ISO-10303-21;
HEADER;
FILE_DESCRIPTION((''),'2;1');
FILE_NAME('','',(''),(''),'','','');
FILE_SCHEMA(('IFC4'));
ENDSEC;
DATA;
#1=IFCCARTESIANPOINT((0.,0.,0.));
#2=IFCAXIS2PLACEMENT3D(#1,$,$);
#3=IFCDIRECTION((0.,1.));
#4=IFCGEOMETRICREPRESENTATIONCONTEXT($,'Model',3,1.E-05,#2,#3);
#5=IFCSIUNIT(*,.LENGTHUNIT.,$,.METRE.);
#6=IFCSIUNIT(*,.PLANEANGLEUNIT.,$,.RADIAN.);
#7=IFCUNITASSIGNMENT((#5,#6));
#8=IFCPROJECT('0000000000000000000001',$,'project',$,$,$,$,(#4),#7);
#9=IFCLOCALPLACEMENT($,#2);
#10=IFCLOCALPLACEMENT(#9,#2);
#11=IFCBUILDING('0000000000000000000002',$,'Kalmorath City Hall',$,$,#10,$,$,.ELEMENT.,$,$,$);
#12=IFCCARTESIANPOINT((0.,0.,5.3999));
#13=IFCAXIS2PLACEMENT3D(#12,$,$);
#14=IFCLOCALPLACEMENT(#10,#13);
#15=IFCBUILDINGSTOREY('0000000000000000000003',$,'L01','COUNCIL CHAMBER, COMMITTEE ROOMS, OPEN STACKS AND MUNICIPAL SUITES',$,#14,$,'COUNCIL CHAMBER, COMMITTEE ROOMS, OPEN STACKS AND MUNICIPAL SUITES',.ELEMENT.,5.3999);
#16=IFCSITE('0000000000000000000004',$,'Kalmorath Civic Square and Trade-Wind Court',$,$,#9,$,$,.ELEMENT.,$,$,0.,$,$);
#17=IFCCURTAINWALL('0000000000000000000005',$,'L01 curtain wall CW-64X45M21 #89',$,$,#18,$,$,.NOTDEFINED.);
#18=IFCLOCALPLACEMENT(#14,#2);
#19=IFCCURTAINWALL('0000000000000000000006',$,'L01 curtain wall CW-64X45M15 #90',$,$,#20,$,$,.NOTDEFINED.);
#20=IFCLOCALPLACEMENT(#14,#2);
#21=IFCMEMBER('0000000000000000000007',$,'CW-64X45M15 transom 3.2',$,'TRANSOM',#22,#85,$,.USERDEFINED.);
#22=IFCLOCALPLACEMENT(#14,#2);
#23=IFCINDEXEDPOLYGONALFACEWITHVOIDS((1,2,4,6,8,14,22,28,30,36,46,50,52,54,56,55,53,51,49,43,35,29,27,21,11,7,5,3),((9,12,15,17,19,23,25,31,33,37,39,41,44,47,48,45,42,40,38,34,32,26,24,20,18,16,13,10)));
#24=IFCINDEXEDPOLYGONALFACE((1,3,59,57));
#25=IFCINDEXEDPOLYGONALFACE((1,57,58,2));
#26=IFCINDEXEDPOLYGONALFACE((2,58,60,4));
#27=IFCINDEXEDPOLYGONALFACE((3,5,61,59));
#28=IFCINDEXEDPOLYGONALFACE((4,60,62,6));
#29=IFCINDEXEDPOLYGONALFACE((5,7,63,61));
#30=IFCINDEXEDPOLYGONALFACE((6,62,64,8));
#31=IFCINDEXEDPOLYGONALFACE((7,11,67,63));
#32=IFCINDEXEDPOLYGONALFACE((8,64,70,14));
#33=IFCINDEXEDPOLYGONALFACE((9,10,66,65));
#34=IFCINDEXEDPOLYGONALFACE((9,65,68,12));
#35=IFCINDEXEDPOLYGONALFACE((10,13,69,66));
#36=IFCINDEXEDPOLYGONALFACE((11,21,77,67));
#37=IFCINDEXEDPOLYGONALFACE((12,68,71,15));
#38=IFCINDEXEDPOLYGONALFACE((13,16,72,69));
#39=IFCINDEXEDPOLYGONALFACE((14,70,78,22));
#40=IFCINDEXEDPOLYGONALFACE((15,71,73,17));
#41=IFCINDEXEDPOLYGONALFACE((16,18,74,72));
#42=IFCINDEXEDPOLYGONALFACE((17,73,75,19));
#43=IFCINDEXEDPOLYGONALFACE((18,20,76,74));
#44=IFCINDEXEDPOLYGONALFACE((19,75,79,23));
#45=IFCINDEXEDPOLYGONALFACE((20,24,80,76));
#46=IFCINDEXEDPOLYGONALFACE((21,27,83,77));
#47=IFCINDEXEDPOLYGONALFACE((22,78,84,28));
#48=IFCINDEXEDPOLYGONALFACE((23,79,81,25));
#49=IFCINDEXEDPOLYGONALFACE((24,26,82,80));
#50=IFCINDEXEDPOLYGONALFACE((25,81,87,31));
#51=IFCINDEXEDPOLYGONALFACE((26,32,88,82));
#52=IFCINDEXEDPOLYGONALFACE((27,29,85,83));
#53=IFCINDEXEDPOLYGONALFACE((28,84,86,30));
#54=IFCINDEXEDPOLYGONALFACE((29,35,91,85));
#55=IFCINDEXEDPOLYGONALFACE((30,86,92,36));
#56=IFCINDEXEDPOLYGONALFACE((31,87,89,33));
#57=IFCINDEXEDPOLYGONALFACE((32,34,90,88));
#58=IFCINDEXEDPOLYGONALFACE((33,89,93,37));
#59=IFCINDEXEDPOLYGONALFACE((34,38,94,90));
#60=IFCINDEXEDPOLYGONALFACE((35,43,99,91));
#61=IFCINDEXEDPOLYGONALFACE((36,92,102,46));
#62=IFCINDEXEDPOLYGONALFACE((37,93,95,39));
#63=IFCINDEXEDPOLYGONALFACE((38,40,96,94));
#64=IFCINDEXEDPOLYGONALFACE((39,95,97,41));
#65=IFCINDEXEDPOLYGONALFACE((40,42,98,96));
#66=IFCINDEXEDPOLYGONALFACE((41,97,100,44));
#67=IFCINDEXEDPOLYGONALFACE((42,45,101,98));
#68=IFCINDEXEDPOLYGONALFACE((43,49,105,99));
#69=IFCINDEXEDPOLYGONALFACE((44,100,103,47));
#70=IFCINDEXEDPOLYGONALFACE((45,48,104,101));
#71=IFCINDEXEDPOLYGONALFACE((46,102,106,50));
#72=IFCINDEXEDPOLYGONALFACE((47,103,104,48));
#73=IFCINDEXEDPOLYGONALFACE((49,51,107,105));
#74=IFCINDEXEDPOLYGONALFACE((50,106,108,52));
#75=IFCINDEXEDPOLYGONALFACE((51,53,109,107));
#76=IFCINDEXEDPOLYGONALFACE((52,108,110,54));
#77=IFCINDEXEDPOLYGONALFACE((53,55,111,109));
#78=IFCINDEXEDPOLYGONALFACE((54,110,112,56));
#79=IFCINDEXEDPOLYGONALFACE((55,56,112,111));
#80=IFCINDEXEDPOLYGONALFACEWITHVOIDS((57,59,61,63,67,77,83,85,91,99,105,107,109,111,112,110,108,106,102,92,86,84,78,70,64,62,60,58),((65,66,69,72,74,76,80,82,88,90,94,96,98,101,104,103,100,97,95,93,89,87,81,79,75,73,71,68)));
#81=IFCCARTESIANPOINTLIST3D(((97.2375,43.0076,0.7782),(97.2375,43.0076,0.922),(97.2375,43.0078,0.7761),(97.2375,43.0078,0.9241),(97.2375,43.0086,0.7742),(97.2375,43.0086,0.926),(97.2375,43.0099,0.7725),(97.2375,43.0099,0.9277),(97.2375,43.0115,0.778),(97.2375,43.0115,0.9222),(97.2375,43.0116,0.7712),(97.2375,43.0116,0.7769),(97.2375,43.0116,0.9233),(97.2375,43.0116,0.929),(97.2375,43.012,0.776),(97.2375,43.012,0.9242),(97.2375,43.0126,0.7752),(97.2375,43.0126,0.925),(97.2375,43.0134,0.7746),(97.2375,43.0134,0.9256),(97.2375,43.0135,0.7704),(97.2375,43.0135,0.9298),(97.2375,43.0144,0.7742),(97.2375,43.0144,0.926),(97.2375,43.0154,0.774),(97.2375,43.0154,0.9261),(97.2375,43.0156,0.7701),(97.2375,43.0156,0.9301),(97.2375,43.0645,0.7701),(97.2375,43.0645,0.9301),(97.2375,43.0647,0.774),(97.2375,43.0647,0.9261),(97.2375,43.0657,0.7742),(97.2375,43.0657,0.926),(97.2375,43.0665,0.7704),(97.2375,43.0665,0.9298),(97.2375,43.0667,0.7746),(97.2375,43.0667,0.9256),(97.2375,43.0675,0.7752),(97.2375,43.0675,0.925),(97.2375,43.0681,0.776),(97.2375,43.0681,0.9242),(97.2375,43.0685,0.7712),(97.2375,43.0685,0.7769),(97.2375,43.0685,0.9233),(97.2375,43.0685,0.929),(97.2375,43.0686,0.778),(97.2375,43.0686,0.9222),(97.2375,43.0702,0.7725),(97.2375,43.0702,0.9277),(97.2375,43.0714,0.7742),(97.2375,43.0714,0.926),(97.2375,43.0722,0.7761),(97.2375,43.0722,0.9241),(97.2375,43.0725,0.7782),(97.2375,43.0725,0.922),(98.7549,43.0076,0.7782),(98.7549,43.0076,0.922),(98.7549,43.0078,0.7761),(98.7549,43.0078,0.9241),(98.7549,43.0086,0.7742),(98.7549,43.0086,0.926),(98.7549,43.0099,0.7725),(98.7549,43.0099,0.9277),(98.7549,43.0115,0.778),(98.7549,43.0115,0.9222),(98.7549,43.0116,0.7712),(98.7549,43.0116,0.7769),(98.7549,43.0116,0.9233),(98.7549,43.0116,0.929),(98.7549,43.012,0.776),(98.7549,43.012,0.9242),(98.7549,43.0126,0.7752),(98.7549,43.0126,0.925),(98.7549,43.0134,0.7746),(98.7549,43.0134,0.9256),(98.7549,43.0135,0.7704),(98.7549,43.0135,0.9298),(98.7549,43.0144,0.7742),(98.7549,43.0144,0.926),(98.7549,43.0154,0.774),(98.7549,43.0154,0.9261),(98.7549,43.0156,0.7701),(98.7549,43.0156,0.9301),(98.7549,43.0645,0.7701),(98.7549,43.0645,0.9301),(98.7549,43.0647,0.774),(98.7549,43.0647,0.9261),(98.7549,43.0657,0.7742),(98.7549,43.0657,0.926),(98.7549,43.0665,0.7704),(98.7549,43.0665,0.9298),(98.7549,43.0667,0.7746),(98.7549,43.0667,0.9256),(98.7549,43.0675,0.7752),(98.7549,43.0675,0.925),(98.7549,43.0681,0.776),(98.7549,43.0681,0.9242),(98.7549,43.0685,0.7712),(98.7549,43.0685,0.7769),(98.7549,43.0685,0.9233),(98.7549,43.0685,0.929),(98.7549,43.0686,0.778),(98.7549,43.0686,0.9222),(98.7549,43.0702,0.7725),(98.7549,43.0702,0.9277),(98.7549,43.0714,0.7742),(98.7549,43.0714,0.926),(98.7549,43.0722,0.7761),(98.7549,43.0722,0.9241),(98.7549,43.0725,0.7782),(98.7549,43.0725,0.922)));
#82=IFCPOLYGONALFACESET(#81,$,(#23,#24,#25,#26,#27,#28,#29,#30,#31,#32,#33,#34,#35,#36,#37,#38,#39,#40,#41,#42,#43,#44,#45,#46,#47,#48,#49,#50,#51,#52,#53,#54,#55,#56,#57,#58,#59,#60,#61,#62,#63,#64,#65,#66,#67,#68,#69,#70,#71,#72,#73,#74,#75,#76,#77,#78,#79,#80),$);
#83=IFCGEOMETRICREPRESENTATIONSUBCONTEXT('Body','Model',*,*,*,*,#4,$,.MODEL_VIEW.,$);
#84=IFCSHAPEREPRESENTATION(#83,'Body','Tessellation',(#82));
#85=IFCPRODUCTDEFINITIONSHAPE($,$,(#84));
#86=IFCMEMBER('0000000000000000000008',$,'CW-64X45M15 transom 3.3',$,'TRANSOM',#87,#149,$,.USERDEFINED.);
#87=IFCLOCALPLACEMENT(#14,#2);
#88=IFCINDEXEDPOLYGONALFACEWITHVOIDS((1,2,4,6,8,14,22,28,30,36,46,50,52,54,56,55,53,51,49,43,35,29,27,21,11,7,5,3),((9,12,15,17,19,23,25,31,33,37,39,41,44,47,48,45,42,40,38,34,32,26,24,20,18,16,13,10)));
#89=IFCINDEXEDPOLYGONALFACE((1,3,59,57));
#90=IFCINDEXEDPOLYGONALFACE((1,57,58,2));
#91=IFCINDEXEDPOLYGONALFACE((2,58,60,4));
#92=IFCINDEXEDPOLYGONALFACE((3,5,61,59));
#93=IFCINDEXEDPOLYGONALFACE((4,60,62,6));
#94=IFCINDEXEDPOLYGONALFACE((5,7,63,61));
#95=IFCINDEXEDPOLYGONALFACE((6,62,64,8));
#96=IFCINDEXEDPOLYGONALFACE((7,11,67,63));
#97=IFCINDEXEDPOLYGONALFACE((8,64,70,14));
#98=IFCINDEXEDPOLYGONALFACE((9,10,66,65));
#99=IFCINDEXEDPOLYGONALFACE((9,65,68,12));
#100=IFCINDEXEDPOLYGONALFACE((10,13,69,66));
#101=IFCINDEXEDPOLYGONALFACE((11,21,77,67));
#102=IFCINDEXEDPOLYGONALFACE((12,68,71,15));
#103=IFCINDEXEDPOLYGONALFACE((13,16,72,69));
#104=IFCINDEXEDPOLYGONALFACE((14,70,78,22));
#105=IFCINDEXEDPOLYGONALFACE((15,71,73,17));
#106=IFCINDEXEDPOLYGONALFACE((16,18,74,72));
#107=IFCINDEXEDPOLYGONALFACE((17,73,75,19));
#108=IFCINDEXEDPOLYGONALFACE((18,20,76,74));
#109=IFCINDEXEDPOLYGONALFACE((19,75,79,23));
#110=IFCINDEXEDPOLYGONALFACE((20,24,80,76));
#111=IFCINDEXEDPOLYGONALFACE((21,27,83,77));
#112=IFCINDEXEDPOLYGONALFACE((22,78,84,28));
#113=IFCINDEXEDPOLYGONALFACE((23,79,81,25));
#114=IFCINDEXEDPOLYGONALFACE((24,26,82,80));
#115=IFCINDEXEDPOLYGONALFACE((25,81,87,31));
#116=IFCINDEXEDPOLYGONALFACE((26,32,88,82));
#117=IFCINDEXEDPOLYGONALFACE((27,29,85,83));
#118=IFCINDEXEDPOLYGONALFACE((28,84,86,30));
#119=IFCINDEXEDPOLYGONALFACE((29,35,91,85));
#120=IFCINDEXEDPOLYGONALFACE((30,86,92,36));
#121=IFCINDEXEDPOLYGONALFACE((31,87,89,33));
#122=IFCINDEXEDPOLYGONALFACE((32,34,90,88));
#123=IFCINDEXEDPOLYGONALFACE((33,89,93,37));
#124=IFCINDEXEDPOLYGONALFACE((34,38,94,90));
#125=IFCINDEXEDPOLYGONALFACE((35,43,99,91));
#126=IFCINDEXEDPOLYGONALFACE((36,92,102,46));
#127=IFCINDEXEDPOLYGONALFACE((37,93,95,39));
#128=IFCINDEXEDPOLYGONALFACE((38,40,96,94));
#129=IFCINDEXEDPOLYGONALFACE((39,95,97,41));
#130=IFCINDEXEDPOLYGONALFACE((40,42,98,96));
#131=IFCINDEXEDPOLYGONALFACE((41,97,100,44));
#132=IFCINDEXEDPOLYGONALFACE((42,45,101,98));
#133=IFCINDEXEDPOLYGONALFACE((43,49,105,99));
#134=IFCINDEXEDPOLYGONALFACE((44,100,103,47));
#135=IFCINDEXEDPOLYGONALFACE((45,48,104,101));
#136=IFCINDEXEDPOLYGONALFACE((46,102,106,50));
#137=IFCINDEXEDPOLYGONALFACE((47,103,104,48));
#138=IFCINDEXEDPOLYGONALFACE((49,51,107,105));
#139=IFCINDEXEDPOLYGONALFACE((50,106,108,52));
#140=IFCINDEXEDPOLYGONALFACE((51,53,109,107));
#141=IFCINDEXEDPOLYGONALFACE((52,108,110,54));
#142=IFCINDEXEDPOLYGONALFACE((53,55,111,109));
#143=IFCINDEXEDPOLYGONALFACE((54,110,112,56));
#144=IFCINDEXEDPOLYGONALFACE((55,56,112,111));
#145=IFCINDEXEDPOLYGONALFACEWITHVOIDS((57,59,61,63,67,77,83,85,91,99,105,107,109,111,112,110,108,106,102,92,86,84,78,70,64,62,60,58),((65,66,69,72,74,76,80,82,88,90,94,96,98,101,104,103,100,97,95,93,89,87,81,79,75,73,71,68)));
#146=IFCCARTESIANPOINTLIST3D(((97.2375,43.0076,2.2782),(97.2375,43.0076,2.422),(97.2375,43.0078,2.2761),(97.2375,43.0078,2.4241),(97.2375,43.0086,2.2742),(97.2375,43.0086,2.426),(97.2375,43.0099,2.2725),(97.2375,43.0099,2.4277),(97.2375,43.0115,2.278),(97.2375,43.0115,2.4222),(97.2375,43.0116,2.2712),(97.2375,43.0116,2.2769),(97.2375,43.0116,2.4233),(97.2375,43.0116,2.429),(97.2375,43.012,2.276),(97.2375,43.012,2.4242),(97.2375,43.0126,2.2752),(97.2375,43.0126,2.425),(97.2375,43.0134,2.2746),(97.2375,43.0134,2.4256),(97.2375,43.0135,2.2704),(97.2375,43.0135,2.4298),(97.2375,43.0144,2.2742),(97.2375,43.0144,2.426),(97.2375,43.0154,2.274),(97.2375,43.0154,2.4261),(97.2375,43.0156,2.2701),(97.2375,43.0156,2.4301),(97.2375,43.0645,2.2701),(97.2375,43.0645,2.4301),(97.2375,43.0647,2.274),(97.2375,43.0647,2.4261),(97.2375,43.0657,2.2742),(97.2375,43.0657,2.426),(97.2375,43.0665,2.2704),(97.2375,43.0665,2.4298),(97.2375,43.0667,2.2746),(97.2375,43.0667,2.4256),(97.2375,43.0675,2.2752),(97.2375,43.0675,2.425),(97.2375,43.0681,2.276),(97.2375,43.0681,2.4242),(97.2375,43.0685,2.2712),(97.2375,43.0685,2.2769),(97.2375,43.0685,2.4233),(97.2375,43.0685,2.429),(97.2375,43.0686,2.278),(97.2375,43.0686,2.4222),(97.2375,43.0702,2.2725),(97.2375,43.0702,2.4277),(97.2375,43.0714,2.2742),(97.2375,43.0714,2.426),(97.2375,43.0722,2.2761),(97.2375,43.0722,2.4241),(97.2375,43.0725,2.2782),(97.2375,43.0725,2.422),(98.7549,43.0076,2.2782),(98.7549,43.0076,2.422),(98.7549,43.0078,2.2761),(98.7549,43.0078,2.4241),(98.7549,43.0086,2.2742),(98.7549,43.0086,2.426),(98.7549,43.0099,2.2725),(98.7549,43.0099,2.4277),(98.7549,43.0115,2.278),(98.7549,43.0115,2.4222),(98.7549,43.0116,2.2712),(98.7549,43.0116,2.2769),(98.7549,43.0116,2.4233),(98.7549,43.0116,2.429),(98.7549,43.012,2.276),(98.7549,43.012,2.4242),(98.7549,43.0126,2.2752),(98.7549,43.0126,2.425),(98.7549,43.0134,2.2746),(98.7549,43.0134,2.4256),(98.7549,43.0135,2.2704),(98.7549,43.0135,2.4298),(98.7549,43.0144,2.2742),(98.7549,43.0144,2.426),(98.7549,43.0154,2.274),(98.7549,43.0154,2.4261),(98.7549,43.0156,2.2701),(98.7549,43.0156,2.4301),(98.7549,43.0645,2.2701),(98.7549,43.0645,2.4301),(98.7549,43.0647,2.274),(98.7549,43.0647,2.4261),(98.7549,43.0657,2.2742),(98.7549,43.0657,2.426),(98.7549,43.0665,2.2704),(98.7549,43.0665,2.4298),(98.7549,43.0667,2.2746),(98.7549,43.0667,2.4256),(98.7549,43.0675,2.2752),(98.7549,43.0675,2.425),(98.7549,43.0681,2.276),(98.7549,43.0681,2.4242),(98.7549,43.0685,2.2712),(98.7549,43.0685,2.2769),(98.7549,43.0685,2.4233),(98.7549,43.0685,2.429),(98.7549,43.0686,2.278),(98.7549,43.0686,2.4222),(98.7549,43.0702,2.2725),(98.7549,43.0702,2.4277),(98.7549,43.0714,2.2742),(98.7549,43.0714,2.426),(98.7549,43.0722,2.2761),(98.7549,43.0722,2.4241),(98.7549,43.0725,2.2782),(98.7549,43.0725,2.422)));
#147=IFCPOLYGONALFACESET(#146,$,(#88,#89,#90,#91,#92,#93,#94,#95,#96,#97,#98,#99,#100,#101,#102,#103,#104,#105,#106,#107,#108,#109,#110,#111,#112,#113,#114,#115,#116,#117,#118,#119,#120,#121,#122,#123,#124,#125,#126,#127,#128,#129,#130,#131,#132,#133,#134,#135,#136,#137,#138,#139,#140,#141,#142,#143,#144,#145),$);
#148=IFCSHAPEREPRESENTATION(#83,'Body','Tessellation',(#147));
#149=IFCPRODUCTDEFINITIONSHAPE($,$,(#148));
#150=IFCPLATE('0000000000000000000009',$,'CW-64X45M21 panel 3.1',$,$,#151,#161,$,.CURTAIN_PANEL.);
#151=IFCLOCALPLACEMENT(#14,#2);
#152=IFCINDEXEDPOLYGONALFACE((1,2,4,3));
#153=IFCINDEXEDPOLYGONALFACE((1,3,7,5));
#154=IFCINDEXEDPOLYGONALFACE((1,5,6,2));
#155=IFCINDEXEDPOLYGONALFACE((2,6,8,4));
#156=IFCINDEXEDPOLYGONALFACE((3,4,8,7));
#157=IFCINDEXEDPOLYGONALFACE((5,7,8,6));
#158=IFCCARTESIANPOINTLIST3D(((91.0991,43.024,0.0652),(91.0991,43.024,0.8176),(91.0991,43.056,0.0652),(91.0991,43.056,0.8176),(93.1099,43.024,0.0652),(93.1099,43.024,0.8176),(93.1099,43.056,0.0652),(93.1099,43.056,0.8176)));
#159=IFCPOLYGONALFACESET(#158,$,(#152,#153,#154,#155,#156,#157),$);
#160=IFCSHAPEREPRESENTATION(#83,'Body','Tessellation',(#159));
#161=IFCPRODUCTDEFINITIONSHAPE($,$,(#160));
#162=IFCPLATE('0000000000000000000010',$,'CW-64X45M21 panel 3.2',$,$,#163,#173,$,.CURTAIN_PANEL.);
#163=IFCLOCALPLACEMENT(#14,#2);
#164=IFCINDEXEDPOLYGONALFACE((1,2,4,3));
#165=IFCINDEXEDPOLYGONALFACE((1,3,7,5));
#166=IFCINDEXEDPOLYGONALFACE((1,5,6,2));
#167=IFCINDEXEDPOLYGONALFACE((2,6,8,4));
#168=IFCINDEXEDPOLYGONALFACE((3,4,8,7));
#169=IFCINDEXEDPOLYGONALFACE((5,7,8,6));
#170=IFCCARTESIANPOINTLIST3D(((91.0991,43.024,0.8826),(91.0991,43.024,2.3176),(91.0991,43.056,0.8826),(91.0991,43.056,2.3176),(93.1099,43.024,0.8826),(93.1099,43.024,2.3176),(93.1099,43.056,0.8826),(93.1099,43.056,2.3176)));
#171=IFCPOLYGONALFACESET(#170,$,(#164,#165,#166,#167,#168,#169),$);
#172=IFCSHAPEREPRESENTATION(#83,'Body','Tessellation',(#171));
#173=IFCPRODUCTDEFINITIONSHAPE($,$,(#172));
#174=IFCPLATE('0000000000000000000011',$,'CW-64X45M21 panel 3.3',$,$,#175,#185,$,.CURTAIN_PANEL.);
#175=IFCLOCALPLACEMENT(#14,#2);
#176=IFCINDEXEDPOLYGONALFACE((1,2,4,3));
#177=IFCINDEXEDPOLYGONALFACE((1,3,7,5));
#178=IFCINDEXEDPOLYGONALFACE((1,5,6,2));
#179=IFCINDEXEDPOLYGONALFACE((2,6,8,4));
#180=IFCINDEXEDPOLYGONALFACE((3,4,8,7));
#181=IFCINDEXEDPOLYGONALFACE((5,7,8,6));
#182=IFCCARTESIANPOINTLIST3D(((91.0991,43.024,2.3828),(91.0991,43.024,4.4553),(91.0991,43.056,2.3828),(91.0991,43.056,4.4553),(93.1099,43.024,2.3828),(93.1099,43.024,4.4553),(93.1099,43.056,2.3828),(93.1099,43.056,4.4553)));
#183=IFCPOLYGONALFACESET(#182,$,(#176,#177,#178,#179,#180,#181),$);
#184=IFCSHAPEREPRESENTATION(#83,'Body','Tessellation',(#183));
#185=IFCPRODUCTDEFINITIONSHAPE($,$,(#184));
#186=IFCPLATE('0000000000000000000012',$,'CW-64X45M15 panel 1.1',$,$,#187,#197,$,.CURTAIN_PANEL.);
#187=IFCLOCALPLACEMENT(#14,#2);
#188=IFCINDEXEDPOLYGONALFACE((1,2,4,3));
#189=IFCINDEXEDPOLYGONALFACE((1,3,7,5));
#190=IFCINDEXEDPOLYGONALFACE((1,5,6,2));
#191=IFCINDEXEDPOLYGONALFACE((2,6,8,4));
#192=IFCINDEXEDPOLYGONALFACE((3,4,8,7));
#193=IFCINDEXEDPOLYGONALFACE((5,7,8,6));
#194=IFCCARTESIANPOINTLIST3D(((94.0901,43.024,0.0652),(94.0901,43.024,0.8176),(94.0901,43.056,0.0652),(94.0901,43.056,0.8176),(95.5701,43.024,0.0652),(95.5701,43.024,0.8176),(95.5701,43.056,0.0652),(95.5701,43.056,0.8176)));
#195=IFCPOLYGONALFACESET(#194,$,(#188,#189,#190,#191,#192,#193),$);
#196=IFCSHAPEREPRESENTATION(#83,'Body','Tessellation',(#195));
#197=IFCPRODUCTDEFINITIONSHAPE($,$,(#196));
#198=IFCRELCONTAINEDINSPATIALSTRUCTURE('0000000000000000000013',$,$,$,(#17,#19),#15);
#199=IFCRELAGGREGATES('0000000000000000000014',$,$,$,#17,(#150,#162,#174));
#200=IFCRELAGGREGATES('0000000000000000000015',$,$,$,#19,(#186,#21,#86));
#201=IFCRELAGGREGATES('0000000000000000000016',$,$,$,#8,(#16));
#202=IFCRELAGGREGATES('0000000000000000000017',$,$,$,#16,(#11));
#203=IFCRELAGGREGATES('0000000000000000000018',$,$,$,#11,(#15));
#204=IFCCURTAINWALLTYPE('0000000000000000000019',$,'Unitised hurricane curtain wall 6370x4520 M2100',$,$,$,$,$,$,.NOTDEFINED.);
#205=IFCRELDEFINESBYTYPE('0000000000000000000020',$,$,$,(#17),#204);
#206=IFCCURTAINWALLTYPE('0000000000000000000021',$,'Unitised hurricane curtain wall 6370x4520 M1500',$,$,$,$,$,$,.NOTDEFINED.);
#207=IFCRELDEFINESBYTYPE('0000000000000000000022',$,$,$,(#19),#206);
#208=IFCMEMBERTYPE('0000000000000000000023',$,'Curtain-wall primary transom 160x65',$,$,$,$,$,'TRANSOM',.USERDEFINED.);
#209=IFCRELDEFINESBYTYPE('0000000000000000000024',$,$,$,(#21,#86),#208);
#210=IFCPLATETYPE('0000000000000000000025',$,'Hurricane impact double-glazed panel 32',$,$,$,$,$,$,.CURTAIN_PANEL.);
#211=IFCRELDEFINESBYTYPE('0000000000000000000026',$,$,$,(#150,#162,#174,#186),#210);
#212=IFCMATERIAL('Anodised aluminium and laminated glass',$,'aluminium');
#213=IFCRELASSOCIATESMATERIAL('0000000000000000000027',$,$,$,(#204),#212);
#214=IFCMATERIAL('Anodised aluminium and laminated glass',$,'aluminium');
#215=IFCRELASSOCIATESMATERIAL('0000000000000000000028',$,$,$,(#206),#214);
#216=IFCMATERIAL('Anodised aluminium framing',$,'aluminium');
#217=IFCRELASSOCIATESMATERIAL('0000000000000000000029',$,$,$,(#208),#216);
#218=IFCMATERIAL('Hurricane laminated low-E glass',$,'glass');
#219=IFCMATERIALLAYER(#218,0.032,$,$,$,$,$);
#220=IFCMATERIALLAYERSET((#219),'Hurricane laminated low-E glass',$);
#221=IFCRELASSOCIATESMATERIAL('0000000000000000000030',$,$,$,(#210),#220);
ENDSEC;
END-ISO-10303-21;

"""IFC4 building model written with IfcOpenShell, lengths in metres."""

from ifc_helpers import new_model, si_unit, direction, frame, origin, origin_2d, place, context, subcontext, project, spatial, rectangle, hollow_rectangle, extrude, material, layer, layer_set, material_profile, profile_set, type_object, element, aggregate, save


model = new_model("IFC4")

# Units and contexts
model_context = context("Model", 3, precision=1e-05, world=origin(), true_north=direction((0.0, 1.0)))
body_context = subcontext(model_context, "Body", "Model", "MODEL_VIEW")
ifc_project = project(units=[si_unit("LENGTHUNIT", "METRE"), si_unit("PLANEANGLEUNIT", "RADIAN")], contexts=[model_context])

# Site, building, storey
site_placement = place(None, origin())
site = spatial("IfcSite", under=ifc_project, at=site_placement, Name="Kalmorath Civic Square and Trade-Wind Court", CompositionType="ELEMENT", RefElevation=0.0)
building_placement = place(site_placement, origin())
building = spatial("IfcBuilding", under=site, at=building_placement, Name="Kalmorath City Hall", CompositionType="ELEMENT")
storey_placement = place(building_placement, frame((0.0, 0.0, 5.3999)))
storey = spatial("IfcBuildingStorey", under=building, at=storey_placement, Name="L01", Description="COUNCIL CHAMBER, COMMITTEE ROOMS, OPEN STACKS AND MUNICIPAL SUITES", LongName="COUNCIL CHAMBER, COMMITTEE ROOMS, OPEN STACKS AND MUNICIPAL SUITES", CompositionType="ELEMENT", Elevation=5.3999)

# Curtain wall
ifc_material_1 = material(Name="Anodised aluminium and laminated glass", Category="aluminium")
curtain_wall_type_1 = type_object("IfcCurtainWallType", Name="Unitised hurricane curtain wall 6370x4520 M2100", PredefinedType="NOTDEFINED", material=ifc_material_1)
curtain_wall_1_placement = place(storey_placement, origin())
curtain_wall_1 = element("IfcCurtainWall", 1, at=curtain_wall_1_placement, inside=storey, type_object=curtain_wall_type_1, Name="L01 curtain wall CW-64X45M21 #89", PredefinedType="NOTDEFINED")

# Curtain wall
ifc_material_2 = material(Name="Anodised aluminium and laminated glass", Category="aluminium")
curtain_wall_type_2 = type_object("IfcCurtainWallType", Name="Unitised hurricane curtain wall 6370x4520 M1500", PredefinedType="NOTDEFINED", material=ifc_material_2)
curtain_wall_2_placement = place(storey_placement, origin())
curtain_wall_2 = element("IfcCurtainWall", 2, at=curtain_wall_2_placement, inside=storey, type_object=curtain_wall_type_2, Name="L01 curtain wall CW-64X45M15 #90", PredefinedType="NOTDEFINED")

# Members
ifc_material_3 = material(Name="Anodised aluminium framing", Category="aluminium")
ifc_material_profile_1 = material_profile(ifc_material_3, hollow_rectangle(XDim=0.0649, YDim=0.1599, WallThickness=0.0039, InnerFilletRadius=0.0039, OuterFilletRadius=0.0081, at=origin_2d()), Name="ALU-TRN-160X65X4")
ifc_profile_set_1 = profile_set([ifc_material_profile_1], Name="Anodised aluminium framing")
member_type_1 = type_object("IfcMemberType", Name="Curtain-wall primary transom 160x65", ElementType="TRANSOM", PredefinedType="USERDEFINED", material=ifc_profile_set_1)
member_1_placement = place(storey_placement, frame((97.2375, 43.04, 0.8501), z_axis=(1.0, 0.0, 0.0), x_axis=(0.0, 1.0, 0.0)))
member_1 = element("IfcMember", 3, at=member_1_placement, type_object=member_type_1, Name="CW-64X45M15 transom 3.2", ObjectType="TRANSOM", PredefinedType="USERDEFINED", context=body_context, shape_type="SweptSolid", body=[
    extrude(hollow_rectangle(XDim=0.0649, YDim=0.1599, WallThickness=0.0039, InnerFilletRadius=0.0039, OuterFilletRadius=0.0081, at=origin_2d()), origin(), (0.0, 0.0, 1.0), 1.5173),
])
member_2_placement = place(storey_placement, frame((97.2375, 43.04, 2.3501), z_axis=(1.0, 0.0, 0.0), x_axis=(0.0, 1.0, 0.0)))
member_2 = element("IfcMember", 4, at=member_2_placement, type_object=member_type_1, Name="CW-64X45M15 transom 3.3", ObjectType="TRANSOM", PredefinedType="USERDEFINED", context=body_context, shape_type="SweptSolid", body=[
    extrude(hollow_rectangle(XDim=0.0649, YDim=0.1599, WallThickness=0.0039, InnerFilletRadius=0.0039, OuterFilletRadius=0.0081, at=origin_2d()), origin(), (0.0, 0.0, 1.0), 1.5173),
])

# Plates
ifc_material_4 = material(Name="Hurricane laminated low-E glass", Category="glass")
ifc_layer = layer(ifc_material_4, 0.032)
ifc_layer_set = layer_set([ifc_layer], Name="Hurricane laminated low-E glass")
plate_type = type_object("IfcPlateType", Name="Hurricane impact double-glazed panel 32", PredefinedType="CURTAIN_PANEL", material=ifc_layer_set)
plate_1_placement = place(storey_placement, frame((92.1045, 43.04, 0.0652), z_axis=(0.0, 0.0, 1.0), x_axis=(1.0, 0.0, 0.0)))
plate_1 = element("IfcPlate", 5, at=plate_1_placement, type_object=plate_type, Name="CW-64X45M21 panel 3.1", PredefinedType="CURTAIN_PANEL", context=body_context, shape_type="SweptSolid", body=[
    extrude(rectangle(XDim=2.0107, YDim=0.032, at=origin_2d()), origin(), (0.0, 0.0, 1.0), 0.7524),
])
plate_2_placement = place(storey_placement, frame((92.1045, 43.04, 0.8826), z_axis=(0.0, 0.0, 1.0), x_axis=(1.0, 0.0, 0.0)))
plate_2 = element("IfcPlate", 6, at=plate_2_placement, type_object=plate_type, Name="CW-64X45M21 panel 3.2", PredefinedType="CURTAIN_PANEL", context=body_context, shape_type="SweptSolid", body=[
    extrude(rectangle(XDim=2.0107, YDim=0.032, at=origin_2d()), origin(), (0.0, 0.0, 1.0), 1.4351),
])
plate_3_placement = place(storey_placement, frame((92.1045, 43.04, 2.3828), z_axis=(0.0, 0.0, 1.0), x_axis=(1.0, 0.0, 0.0)))
plate_3 = element("IfcPlate", 7, at=plate_3_placement, type_object=plate_type, Name="CW-64X45M21 panel 3.3", PredefinedType="CURTAIN_PANEL", context=body_context, shape_type="SweptSolid", body=[
    extrude(rectangle(XDim=2.0107, YDim=0.032, at=origin_2d()), origin(), (0.0, 0.0, 1.0), 2.0725),
])
aggregate(curtain_wall_1, [plate_1, plate_2, plate_3])
plate_4_placement = place(storey_placement, frame((94.8301, 43.04, 0.0652), z_axis=(0.0, 0.0, 1.0), x_axis=(1.0, 0.0, 0.0)))
plate_4 = element("IfcPlate", 8, at=plate_4_placement, type_object=plate_type, Name="CW-64X45M15 panel 1.1", PredefinedType="CURTAIN_PANEL", context=body_context, shape_type="SweptSolid", body=[
    extrude(rectangle(XDim=1.48, YDim=0.032, at=origin_2d()), origin(), (0.0, 0.0, 1.0), 0.7524),
])
aggregate(curtain_wall_2, [plate_4, member_1, member_2])

save(model, "model.ifc")
